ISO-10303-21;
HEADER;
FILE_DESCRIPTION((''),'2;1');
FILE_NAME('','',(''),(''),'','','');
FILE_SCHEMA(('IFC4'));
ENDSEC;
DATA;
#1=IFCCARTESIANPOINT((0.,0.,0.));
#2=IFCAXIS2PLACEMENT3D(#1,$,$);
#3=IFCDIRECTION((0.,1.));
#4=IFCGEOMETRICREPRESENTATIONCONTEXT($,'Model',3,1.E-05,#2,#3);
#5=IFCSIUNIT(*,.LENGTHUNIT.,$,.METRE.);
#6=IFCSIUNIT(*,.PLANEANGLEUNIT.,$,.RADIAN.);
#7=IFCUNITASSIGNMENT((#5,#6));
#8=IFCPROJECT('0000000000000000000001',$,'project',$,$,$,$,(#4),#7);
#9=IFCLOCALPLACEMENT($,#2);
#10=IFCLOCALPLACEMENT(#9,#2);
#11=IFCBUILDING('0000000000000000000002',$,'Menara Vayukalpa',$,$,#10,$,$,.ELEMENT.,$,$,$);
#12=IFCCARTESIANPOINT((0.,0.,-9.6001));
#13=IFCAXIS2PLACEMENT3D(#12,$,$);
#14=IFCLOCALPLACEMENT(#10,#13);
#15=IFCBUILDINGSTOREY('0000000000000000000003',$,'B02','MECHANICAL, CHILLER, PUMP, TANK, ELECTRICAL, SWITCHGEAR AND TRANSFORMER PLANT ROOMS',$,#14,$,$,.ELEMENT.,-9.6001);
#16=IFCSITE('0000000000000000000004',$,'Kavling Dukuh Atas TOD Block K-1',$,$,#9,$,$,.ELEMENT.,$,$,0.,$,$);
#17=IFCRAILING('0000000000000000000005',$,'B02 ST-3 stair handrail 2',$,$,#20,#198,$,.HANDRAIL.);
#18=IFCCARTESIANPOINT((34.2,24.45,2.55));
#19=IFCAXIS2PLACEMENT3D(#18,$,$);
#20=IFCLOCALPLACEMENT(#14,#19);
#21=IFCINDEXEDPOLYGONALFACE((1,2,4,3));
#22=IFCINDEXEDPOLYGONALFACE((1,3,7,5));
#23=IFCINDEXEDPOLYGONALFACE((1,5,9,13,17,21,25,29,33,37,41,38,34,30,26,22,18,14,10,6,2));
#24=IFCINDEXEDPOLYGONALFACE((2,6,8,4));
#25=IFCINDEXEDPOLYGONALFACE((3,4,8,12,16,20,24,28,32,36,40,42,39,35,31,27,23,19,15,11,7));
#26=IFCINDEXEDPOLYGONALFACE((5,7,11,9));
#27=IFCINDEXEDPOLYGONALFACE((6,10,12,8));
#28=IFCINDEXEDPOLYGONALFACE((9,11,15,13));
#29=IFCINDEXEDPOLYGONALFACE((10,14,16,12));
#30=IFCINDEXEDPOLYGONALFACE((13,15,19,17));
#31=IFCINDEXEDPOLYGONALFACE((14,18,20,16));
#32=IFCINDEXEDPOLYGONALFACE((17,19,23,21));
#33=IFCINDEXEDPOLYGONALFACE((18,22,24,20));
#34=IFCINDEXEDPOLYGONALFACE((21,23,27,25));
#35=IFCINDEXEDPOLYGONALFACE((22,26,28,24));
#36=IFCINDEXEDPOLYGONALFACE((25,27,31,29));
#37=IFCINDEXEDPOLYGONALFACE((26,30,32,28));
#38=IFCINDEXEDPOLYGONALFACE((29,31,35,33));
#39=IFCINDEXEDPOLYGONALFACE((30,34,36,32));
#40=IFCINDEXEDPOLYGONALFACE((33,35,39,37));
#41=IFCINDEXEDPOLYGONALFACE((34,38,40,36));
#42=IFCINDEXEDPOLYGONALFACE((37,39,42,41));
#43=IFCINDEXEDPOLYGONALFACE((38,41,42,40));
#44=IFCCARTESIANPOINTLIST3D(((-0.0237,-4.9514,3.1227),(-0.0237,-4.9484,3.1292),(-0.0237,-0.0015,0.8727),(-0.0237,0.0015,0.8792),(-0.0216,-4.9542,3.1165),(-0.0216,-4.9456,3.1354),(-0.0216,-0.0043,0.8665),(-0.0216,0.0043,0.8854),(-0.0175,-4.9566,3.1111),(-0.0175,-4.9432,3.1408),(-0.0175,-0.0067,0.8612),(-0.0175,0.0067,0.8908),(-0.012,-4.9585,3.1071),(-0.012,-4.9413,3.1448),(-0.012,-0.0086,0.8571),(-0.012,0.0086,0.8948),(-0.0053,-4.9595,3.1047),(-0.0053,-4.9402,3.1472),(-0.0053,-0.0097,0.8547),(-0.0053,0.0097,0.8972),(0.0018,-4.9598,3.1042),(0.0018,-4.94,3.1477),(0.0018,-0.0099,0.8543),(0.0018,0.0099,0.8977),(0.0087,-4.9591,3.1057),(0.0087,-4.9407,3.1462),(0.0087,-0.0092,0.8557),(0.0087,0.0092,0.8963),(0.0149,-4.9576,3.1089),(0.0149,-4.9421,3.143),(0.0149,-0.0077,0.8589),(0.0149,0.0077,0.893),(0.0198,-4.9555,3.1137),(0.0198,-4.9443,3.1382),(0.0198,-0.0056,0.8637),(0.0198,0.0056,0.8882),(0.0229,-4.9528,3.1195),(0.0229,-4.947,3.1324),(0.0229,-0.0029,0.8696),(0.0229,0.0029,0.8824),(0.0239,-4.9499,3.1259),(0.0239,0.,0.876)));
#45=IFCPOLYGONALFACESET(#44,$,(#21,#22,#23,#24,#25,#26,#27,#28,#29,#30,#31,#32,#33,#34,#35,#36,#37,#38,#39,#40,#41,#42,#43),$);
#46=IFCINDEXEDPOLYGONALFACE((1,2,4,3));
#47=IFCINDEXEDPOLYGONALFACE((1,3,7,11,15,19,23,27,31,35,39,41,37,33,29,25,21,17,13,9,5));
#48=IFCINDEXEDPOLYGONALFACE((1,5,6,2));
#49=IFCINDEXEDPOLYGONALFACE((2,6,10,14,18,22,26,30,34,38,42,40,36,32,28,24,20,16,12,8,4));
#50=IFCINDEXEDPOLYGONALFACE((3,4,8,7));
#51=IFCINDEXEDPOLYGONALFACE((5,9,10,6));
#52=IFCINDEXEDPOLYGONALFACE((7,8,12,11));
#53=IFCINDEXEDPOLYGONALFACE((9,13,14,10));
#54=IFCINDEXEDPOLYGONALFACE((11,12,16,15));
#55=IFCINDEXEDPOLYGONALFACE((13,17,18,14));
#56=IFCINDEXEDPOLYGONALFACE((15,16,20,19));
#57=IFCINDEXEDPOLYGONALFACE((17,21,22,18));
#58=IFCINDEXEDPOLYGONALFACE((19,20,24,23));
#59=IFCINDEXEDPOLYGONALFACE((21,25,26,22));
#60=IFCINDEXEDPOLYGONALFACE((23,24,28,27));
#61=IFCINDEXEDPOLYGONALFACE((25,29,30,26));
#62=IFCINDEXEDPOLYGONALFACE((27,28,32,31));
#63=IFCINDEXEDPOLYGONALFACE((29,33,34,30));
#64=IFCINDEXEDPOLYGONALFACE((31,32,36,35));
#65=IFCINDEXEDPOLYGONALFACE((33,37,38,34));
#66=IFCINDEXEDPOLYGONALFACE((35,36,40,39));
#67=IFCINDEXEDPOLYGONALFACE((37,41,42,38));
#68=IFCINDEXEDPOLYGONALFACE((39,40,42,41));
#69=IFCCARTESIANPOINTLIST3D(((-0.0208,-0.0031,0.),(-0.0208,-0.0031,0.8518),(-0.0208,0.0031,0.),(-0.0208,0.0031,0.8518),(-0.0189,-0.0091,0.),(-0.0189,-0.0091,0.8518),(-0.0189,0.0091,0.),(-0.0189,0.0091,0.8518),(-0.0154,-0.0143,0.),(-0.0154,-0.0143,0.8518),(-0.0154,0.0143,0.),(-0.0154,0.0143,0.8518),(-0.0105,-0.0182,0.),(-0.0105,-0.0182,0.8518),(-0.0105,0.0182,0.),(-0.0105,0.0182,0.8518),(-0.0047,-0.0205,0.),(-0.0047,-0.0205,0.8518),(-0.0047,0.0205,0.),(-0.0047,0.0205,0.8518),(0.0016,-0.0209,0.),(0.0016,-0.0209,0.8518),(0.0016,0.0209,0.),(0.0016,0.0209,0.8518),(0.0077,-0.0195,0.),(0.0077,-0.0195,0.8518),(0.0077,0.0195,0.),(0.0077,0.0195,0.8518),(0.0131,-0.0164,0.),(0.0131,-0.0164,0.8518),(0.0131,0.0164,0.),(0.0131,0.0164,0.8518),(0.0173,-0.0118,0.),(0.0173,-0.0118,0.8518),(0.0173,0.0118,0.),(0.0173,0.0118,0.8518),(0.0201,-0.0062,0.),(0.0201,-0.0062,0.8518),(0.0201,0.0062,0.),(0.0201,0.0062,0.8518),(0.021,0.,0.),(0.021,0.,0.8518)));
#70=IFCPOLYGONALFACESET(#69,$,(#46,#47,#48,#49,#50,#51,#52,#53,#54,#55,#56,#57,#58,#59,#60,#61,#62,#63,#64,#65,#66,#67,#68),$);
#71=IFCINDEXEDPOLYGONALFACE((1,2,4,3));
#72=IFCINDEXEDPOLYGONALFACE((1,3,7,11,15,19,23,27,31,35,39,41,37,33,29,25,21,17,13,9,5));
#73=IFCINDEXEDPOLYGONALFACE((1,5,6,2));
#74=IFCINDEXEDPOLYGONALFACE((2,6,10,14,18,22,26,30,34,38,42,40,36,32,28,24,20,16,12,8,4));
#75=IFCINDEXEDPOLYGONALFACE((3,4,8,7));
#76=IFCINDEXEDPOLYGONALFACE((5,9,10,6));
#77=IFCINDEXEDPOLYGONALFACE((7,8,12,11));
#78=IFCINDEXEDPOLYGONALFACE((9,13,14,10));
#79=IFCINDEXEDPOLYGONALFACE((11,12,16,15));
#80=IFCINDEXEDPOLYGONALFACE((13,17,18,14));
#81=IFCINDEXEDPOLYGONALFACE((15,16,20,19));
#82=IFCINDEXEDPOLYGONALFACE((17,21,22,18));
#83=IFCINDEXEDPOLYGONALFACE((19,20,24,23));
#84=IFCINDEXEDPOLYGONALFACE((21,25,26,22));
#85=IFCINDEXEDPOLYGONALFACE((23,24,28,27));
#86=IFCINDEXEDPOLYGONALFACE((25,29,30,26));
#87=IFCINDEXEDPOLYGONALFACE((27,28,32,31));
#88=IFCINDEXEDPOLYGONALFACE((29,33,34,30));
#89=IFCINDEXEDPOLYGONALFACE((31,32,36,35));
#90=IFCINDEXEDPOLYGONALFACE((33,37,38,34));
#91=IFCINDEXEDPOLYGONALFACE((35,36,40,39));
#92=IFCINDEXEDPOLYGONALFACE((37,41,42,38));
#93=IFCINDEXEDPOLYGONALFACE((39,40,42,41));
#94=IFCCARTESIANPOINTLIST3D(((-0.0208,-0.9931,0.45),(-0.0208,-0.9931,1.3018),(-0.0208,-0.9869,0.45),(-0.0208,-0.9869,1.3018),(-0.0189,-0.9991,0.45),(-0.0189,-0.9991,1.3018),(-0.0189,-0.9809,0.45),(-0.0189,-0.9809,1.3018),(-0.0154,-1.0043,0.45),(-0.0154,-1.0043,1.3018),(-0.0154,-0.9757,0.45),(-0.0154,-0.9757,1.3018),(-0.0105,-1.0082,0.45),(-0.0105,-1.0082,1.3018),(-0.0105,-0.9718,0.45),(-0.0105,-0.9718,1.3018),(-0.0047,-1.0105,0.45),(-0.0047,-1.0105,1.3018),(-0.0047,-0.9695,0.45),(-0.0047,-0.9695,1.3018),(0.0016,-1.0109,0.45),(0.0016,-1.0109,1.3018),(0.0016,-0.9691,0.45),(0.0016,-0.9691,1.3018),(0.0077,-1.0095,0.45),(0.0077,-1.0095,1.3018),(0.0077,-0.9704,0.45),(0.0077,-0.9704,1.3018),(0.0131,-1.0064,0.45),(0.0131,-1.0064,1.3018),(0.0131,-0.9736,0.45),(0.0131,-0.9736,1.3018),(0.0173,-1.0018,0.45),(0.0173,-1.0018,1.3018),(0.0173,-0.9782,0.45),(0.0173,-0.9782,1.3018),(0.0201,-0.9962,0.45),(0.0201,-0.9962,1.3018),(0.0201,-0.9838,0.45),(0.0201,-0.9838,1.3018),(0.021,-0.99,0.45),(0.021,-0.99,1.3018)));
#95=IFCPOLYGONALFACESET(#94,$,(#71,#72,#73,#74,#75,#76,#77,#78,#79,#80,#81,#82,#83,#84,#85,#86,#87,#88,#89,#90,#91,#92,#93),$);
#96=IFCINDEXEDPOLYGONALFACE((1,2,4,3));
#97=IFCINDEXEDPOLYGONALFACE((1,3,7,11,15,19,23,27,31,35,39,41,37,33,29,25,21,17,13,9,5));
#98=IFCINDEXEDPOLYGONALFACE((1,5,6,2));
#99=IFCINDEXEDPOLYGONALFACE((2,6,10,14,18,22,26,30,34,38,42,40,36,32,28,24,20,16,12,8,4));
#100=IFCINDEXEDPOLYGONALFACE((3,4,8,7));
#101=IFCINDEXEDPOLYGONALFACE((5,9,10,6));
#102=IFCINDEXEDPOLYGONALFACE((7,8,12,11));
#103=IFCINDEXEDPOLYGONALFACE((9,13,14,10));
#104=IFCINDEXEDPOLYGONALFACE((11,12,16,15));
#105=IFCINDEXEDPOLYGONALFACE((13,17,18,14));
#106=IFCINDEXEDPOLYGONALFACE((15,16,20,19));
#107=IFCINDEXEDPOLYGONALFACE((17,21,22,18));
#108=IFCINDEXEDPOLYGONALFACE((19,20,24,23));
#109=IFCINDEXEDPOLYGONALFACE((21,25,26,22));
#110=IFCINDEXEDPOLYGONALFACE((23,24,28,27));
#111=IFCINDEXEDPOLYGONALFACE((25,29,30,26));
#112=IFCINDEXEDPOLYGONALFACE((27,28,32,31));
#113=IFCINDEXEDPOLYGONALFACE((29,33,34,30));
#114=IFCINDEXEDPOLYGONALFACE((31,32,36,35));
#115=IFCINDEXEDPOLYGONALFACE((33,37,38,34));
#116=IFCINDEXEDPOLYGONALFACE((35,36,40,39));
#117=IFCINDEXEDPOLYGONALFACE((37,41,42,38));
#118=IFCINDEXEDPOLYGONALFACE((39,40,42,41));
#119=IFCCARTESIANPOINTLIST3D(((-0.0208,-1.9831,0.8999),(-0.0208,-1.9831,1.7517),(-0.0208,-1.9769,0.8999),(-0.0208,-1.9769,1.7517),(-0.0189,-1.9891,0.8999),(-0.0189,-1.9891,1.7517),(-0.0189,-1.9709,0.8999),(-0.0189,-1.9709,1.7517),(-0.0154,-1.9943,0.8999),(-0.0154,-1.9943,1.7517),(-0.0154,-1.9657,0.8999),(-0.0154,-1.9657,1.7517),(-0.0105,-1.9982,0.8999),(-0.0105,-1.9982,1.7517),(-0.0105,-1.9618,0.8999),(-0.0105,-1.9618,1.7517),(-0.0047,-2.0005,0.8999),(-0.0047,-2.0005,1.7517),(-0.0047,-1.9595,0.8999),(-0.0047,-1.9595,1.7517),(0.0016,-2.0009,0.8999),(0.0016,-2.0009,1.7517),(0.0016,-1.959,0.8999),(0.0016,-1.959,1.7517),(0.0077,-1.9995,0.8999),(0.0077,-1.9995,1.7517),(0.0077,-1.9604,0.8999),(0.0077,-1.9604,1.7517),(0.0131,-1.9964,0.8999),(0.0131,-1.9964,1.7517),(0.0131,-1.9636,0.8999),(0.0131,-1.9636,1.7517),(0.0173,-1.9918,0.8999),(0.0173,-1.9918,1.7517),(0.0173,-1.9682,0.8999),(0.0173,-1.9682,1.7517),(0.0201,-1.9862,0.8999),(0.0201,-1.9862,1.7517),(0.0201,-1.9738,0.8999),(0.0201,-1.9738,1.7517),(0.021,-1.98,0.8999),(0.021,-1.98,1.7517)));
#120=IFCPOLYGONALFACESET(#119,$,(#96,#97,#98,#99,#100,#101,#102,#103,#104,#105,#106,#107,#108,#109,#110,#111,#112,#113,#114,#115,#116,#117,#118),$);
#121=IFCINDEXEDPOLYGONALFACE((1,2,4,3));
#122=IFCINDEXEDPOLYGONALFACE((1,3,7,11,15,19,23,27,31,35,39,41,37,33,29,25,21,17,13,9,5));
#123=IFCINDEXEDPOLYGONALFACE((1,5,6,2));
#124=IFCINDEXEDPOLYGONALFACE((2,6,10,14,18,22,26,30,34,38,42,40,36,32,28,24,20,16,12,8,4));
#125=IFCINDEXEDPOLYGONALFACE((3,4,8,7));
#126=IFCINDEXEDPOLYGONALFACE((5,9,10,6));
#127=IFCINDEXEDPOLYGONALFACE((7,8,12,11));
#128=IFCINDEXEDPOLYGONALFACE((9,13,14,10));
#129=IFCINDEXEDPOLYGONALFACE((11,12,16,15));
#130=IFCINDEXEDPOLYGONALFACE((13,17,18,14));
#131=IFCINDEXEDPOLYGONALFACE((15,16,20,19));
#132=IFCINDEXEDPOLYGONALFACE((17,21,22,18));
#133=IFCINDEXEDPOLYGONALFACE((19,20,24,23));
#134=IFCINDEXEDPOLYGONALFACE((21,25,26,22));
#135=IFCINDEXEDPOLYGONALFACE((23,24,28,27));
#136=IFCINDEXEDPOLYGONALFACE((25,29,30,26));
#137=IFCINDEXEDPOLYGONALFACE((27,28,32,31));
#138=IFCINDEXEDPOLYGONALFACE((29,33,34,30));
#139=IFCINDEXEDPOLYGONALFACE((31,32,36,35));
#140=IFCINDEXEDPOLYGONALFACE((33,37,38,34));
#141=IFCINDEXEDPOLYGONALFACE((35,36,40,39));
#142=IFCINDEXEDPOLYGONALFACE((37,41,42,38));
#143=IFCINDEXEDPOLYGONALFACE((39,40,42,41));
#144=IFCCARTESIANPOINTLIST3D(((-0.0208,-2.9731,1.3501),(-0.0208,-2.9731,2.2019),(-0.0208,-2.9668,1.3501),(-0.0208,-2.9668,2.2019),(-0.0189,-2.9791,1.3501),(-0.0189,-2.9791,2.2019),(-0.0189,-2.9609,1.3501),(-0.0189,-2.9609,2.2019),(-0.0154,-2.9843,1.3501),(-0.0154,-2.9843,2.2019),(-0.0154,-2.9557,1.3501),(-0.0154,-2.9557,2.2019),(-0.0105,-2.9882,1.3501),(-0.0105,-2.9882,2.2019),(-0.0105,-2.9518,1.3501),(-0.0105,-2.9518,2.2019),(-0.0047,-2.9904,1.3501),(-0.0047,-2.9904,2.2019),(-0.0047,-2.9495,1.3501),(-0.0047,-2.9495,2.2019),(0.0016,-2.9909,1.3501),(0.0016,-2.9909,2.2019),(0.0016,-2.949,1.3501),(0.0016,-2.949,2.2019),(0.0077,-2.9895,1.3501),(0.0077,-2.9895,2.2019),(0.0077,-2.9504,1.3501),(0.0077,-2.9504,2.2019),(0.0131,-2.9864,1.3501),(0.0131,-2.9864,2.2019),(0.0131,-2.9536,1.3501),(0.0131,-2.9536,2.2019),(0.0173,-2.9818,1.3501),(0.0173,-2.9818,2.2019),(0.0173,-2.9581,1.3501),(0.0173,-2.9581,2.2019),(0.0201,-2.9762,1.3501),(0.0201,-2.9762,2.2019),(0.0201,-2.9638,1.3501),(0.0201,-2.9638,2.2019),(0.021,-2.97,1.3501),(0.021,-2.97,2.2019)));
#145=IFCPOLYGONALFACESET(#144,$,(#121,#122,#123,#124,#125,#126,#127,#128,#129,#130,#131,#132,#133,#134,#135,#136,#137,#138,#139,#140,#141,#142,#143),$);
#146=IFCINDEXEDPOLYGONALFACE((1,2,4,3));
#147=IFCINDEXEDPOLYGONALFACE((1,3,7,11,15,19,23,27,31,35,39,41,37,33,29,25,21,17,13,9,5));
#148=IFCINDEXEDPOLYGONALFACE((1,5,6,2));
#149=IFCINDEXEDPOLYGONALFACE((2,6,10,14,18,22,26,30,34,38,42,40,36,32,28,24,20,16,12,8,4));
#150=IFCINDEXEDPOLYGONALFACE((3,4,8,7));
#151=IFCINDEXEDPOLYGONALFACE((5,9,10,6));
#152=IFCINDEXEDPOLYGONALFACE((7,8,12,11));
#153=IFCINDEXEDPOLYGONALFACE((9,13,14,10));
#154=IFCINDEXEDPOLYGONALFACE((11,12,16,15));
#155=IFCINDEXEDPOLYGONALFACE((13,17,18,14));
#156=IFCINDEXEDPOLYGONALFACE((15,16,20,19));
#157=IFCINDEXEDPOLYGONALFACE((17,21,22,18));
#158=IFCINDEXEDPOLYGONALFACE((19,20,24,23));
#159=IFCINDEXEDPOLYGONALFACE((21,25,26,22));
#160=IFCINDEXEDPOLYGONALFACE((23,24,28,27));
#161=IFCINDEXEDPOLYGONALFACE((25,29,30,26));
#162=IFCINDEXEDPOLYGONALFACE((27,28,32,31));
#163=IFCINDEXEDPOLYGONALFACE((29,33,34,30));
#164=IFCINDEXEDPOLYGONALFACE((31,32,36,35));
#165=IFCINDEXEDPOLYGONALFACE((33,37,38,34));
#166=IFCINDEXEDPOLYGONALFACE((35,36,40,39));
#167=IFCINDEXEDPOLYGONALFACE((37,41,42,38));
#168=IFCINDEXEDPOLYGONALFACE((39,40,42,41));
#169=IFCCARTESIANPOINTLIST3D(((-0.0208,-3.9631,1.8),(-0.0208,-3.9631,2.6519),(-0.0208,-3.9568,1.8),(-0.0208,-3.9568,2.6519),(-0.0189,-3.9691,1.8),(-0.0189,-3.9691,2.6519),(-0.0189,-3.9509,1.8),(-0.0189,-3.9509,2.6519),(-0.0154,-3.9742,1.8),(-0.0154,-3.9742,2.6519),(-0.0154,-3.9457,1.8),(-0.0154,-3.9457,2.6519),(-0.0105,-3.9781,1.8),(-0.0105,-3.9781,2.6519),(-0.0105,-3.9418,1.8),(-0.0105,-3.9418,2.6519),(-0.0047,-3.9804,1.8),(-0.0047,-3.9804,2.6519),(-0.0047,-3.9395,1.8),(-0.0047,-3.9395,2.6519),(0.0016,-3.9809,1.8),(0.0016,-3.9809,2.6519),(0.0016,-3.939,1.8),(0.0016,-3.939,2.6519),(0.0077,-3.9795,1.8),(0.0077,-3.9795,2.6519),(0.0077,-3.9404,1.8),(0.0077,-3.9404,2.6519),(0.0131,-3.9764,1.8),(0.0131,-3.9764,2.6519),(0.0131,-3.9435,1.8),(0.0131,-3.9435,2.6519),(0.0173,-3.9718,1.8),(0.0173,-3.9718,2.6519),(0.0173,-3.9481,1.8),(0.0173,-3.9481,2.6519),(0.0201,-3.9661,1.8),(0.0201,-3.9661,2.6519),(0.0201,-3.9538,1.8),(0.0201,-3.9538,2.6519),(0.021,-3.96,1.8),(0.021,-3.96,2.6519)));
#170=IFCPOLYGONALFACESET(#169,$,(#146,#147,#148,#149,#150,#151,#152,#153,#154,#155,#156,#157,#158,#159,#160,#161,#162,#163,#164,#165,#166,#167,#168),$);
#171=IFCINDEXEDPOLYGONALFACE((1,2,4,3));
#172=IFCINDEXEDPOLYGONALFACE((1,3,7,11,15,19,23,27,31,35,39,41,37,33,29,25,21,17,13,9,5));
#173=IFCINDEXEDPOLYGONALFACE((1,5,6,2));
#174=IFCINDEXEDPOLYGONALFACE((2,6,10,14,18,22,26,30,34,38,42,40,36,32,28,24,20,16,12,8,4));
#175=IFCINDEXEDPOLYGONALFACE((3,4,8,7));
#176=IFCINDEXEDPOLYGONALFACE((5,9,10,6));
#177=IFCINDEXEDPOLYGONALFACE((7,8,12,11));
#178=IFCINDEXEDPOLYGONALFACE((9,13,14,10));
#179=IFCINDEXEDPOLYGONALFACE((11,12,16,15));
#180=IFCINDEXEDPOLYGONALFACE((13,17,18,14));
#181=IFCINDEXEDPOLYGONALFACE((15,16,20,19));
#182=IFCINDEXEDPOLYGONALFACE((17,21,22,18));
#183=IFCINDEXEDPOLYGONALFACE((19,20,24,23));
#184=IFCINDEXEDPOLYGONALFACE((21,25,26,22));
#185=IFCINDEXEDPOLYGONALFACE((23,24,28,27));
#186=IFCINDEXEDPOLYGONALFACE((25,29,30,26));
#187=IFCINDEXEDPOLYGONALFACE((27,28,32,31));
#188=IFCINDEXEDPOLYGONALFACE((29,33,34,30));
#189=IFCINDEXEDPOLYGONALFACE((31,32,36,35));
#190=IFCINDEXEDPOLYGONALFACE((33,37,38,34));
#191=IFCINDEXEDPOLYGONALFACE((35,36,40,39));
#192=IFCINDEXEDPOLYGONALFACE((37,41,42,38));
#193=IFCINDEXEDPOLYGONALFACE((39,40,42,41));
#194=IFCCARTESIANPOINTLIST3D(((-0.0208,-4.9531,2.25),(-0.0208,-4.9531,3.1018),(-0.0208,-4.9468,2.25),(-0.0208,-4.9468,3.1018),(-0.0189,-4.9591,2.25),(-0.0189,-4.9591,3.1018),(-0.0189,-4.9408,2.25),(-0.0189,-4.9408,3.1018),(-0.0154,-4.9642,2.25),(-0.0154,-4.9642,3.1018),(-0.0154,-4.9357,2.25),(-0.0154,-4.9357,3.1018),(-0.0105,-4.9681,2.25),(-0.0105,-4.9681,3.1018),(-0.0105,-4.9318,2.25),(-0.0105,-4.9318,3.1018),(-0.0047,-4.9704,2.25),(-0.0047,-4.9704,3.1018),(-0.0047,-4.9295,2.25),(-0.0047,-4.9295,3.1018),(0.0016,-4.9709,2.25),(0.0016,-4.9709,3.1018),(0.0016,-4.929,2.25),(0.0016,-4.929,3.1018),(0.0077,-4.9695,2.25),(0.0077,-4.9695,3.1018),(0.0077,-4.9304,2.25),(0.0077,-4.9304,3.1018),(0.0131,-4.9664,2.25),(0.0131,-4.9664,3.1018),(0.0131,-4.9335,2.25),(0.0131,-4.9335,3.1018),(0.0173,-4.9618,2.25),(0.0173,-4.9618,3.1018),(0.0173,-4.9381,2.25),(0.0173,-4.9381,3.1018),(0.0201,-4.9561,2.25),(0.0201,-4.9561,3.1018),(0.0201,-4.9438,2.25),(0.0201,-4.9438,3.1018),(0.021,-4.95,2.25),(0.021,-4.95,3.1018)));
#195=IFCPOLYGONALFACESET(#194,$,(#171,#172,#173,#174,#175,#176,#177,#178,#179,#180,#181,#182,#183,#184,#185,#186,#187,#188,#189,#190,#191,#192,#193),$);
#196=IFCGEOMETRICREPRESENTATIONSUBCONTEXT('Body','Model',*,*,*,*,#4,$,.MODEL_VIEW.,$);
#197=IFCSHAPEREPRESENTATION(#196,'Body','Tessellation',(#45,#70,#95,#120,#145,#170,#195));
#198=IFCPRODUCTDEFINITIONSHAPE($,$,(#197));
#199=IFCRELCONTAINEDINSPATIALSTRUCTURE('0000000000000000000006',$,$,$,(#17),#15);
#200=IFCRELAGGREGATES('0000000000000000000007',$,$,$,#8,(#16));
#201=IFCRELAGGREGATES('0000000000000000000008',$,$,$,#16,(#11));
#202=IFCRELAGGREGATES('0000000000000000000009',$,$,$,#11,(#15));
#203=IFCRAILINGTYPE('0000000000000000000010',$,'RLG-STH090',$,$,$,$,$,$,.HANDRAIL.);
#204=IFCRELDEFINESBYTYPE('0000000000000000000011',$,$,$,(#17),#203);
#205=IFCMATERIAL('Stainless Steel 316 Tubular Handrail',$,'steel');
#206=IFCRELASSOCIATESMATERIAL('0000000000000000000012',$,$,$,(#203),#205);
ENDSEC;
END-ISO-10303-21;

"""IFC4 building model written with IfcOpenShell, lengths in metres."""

from ifc_helpers import new_model, si_unit, direction, frame, origin, origin_2d, place, context, subcontext, project, spatial, circle, extrude, material, type_object, element, save


model = new_model("IFC4")

# Units and contexts
model_context = context("Model", 3, precision=1e-05, world=origin(), true_north=direction((0.0, 1.0)))
body_context = subcontext(model_context, "Body", "Model", "MODEL_VIEW")
ifc_project = project(units=[si_unit("LENGTHUNIT", "METRE"), si_unit("PLANEANGLEUNIT", "RADIAN")], contexts=[model_context])

# Site, building, storey
site_placement = place(None, origin())
site = spatial("IfcSite", under=ifc_project, at=site_placement, Name="Kavling Dukuh Atas TOD Block K-1", CompositionType="ELEMENT", RefElevation=0.0)
building_placement = place(site_placement, origin())
building = spatial("IfcBuilding", under=site, at=building_placement, Name="Menara Vayukalpa", CompositionType="ELEMENT")
storey_placement = place(building_placement, frame((0.0, 0.0, -9.6001)))
storey = spatial("IfcBuildingStorey", under=building, at=storey_placement, Name="B02", Description="MECHANICAL, CHILLER, PUMP, TANK, ELECTRICAL, SWITCHGEAR AND TRANSFORMER PLANT ROOMS", CompositionType="ELEMENT", Elevation=-9.6001)

# Railing
ifc_material_1 = material(Name="Stainless Steel 316 Tubular Handrail", Category="steel")
railing_type_1 = type_object("IfcRailingType", Name="RLG-STH090", PredefinedType="HANDRAIL", material=ifc_material_1)
railing_1_placement = place(storey_placement, frame((34.2, 24.45, 2.55)))
element("IfcRailing", 1, at=railing_1_placement, inside=storey, type_object=railing_type_1, Name="B02 ST-3 stair handrail 2", PredefinedType="HANDRAIL", context=body_context, shape_type="SweptSolid", body=[
    extrude(circle(Radius=0.0239, at=origin_2d()), frame((0.0, 0.0, 0.876), z_axis=(0.0, -0.910365, 0.413806), x_axis=(1.0, 0.0, 0.0)), (0.0, 0.0, 1.0), 5.4373),
    extrude(circle(Radius=0.021, at=origin_2d()), origin(), (0.0, 0.0, 1.0), 0.8518),
    extrude(circle(Radius=0.021, at=origin_2d()), frame((0.0, -0.99, 0.45)), (0.0, 0.0, 1.0), 0.8518),
    extrude(circle(Radius=0.021, at=origin_2d()), frame((0.0, -1.98, 0.8999)), (0.0, 0.0, 1.0), 0.8518),
    extrude(circle(Radius=0.021, at=origin_2d()), frame((0.0, -2.97, 1.3501)), (0.0, 0.0, 1.0), 0.8518),
    extrude(circle(Radius=0.021, at=origin_2d()), frame((0.0, -3.96, 1.8)), (0.0, 0.0, 1.0), 0.8518),
    extrude(circle(Radius=0.021, at=origin_2d()), frame((0.0, -4.95, 2.25)), (0.0, 0.0, 1.0), 0.8518),
])

save(model, "model.ifc")
